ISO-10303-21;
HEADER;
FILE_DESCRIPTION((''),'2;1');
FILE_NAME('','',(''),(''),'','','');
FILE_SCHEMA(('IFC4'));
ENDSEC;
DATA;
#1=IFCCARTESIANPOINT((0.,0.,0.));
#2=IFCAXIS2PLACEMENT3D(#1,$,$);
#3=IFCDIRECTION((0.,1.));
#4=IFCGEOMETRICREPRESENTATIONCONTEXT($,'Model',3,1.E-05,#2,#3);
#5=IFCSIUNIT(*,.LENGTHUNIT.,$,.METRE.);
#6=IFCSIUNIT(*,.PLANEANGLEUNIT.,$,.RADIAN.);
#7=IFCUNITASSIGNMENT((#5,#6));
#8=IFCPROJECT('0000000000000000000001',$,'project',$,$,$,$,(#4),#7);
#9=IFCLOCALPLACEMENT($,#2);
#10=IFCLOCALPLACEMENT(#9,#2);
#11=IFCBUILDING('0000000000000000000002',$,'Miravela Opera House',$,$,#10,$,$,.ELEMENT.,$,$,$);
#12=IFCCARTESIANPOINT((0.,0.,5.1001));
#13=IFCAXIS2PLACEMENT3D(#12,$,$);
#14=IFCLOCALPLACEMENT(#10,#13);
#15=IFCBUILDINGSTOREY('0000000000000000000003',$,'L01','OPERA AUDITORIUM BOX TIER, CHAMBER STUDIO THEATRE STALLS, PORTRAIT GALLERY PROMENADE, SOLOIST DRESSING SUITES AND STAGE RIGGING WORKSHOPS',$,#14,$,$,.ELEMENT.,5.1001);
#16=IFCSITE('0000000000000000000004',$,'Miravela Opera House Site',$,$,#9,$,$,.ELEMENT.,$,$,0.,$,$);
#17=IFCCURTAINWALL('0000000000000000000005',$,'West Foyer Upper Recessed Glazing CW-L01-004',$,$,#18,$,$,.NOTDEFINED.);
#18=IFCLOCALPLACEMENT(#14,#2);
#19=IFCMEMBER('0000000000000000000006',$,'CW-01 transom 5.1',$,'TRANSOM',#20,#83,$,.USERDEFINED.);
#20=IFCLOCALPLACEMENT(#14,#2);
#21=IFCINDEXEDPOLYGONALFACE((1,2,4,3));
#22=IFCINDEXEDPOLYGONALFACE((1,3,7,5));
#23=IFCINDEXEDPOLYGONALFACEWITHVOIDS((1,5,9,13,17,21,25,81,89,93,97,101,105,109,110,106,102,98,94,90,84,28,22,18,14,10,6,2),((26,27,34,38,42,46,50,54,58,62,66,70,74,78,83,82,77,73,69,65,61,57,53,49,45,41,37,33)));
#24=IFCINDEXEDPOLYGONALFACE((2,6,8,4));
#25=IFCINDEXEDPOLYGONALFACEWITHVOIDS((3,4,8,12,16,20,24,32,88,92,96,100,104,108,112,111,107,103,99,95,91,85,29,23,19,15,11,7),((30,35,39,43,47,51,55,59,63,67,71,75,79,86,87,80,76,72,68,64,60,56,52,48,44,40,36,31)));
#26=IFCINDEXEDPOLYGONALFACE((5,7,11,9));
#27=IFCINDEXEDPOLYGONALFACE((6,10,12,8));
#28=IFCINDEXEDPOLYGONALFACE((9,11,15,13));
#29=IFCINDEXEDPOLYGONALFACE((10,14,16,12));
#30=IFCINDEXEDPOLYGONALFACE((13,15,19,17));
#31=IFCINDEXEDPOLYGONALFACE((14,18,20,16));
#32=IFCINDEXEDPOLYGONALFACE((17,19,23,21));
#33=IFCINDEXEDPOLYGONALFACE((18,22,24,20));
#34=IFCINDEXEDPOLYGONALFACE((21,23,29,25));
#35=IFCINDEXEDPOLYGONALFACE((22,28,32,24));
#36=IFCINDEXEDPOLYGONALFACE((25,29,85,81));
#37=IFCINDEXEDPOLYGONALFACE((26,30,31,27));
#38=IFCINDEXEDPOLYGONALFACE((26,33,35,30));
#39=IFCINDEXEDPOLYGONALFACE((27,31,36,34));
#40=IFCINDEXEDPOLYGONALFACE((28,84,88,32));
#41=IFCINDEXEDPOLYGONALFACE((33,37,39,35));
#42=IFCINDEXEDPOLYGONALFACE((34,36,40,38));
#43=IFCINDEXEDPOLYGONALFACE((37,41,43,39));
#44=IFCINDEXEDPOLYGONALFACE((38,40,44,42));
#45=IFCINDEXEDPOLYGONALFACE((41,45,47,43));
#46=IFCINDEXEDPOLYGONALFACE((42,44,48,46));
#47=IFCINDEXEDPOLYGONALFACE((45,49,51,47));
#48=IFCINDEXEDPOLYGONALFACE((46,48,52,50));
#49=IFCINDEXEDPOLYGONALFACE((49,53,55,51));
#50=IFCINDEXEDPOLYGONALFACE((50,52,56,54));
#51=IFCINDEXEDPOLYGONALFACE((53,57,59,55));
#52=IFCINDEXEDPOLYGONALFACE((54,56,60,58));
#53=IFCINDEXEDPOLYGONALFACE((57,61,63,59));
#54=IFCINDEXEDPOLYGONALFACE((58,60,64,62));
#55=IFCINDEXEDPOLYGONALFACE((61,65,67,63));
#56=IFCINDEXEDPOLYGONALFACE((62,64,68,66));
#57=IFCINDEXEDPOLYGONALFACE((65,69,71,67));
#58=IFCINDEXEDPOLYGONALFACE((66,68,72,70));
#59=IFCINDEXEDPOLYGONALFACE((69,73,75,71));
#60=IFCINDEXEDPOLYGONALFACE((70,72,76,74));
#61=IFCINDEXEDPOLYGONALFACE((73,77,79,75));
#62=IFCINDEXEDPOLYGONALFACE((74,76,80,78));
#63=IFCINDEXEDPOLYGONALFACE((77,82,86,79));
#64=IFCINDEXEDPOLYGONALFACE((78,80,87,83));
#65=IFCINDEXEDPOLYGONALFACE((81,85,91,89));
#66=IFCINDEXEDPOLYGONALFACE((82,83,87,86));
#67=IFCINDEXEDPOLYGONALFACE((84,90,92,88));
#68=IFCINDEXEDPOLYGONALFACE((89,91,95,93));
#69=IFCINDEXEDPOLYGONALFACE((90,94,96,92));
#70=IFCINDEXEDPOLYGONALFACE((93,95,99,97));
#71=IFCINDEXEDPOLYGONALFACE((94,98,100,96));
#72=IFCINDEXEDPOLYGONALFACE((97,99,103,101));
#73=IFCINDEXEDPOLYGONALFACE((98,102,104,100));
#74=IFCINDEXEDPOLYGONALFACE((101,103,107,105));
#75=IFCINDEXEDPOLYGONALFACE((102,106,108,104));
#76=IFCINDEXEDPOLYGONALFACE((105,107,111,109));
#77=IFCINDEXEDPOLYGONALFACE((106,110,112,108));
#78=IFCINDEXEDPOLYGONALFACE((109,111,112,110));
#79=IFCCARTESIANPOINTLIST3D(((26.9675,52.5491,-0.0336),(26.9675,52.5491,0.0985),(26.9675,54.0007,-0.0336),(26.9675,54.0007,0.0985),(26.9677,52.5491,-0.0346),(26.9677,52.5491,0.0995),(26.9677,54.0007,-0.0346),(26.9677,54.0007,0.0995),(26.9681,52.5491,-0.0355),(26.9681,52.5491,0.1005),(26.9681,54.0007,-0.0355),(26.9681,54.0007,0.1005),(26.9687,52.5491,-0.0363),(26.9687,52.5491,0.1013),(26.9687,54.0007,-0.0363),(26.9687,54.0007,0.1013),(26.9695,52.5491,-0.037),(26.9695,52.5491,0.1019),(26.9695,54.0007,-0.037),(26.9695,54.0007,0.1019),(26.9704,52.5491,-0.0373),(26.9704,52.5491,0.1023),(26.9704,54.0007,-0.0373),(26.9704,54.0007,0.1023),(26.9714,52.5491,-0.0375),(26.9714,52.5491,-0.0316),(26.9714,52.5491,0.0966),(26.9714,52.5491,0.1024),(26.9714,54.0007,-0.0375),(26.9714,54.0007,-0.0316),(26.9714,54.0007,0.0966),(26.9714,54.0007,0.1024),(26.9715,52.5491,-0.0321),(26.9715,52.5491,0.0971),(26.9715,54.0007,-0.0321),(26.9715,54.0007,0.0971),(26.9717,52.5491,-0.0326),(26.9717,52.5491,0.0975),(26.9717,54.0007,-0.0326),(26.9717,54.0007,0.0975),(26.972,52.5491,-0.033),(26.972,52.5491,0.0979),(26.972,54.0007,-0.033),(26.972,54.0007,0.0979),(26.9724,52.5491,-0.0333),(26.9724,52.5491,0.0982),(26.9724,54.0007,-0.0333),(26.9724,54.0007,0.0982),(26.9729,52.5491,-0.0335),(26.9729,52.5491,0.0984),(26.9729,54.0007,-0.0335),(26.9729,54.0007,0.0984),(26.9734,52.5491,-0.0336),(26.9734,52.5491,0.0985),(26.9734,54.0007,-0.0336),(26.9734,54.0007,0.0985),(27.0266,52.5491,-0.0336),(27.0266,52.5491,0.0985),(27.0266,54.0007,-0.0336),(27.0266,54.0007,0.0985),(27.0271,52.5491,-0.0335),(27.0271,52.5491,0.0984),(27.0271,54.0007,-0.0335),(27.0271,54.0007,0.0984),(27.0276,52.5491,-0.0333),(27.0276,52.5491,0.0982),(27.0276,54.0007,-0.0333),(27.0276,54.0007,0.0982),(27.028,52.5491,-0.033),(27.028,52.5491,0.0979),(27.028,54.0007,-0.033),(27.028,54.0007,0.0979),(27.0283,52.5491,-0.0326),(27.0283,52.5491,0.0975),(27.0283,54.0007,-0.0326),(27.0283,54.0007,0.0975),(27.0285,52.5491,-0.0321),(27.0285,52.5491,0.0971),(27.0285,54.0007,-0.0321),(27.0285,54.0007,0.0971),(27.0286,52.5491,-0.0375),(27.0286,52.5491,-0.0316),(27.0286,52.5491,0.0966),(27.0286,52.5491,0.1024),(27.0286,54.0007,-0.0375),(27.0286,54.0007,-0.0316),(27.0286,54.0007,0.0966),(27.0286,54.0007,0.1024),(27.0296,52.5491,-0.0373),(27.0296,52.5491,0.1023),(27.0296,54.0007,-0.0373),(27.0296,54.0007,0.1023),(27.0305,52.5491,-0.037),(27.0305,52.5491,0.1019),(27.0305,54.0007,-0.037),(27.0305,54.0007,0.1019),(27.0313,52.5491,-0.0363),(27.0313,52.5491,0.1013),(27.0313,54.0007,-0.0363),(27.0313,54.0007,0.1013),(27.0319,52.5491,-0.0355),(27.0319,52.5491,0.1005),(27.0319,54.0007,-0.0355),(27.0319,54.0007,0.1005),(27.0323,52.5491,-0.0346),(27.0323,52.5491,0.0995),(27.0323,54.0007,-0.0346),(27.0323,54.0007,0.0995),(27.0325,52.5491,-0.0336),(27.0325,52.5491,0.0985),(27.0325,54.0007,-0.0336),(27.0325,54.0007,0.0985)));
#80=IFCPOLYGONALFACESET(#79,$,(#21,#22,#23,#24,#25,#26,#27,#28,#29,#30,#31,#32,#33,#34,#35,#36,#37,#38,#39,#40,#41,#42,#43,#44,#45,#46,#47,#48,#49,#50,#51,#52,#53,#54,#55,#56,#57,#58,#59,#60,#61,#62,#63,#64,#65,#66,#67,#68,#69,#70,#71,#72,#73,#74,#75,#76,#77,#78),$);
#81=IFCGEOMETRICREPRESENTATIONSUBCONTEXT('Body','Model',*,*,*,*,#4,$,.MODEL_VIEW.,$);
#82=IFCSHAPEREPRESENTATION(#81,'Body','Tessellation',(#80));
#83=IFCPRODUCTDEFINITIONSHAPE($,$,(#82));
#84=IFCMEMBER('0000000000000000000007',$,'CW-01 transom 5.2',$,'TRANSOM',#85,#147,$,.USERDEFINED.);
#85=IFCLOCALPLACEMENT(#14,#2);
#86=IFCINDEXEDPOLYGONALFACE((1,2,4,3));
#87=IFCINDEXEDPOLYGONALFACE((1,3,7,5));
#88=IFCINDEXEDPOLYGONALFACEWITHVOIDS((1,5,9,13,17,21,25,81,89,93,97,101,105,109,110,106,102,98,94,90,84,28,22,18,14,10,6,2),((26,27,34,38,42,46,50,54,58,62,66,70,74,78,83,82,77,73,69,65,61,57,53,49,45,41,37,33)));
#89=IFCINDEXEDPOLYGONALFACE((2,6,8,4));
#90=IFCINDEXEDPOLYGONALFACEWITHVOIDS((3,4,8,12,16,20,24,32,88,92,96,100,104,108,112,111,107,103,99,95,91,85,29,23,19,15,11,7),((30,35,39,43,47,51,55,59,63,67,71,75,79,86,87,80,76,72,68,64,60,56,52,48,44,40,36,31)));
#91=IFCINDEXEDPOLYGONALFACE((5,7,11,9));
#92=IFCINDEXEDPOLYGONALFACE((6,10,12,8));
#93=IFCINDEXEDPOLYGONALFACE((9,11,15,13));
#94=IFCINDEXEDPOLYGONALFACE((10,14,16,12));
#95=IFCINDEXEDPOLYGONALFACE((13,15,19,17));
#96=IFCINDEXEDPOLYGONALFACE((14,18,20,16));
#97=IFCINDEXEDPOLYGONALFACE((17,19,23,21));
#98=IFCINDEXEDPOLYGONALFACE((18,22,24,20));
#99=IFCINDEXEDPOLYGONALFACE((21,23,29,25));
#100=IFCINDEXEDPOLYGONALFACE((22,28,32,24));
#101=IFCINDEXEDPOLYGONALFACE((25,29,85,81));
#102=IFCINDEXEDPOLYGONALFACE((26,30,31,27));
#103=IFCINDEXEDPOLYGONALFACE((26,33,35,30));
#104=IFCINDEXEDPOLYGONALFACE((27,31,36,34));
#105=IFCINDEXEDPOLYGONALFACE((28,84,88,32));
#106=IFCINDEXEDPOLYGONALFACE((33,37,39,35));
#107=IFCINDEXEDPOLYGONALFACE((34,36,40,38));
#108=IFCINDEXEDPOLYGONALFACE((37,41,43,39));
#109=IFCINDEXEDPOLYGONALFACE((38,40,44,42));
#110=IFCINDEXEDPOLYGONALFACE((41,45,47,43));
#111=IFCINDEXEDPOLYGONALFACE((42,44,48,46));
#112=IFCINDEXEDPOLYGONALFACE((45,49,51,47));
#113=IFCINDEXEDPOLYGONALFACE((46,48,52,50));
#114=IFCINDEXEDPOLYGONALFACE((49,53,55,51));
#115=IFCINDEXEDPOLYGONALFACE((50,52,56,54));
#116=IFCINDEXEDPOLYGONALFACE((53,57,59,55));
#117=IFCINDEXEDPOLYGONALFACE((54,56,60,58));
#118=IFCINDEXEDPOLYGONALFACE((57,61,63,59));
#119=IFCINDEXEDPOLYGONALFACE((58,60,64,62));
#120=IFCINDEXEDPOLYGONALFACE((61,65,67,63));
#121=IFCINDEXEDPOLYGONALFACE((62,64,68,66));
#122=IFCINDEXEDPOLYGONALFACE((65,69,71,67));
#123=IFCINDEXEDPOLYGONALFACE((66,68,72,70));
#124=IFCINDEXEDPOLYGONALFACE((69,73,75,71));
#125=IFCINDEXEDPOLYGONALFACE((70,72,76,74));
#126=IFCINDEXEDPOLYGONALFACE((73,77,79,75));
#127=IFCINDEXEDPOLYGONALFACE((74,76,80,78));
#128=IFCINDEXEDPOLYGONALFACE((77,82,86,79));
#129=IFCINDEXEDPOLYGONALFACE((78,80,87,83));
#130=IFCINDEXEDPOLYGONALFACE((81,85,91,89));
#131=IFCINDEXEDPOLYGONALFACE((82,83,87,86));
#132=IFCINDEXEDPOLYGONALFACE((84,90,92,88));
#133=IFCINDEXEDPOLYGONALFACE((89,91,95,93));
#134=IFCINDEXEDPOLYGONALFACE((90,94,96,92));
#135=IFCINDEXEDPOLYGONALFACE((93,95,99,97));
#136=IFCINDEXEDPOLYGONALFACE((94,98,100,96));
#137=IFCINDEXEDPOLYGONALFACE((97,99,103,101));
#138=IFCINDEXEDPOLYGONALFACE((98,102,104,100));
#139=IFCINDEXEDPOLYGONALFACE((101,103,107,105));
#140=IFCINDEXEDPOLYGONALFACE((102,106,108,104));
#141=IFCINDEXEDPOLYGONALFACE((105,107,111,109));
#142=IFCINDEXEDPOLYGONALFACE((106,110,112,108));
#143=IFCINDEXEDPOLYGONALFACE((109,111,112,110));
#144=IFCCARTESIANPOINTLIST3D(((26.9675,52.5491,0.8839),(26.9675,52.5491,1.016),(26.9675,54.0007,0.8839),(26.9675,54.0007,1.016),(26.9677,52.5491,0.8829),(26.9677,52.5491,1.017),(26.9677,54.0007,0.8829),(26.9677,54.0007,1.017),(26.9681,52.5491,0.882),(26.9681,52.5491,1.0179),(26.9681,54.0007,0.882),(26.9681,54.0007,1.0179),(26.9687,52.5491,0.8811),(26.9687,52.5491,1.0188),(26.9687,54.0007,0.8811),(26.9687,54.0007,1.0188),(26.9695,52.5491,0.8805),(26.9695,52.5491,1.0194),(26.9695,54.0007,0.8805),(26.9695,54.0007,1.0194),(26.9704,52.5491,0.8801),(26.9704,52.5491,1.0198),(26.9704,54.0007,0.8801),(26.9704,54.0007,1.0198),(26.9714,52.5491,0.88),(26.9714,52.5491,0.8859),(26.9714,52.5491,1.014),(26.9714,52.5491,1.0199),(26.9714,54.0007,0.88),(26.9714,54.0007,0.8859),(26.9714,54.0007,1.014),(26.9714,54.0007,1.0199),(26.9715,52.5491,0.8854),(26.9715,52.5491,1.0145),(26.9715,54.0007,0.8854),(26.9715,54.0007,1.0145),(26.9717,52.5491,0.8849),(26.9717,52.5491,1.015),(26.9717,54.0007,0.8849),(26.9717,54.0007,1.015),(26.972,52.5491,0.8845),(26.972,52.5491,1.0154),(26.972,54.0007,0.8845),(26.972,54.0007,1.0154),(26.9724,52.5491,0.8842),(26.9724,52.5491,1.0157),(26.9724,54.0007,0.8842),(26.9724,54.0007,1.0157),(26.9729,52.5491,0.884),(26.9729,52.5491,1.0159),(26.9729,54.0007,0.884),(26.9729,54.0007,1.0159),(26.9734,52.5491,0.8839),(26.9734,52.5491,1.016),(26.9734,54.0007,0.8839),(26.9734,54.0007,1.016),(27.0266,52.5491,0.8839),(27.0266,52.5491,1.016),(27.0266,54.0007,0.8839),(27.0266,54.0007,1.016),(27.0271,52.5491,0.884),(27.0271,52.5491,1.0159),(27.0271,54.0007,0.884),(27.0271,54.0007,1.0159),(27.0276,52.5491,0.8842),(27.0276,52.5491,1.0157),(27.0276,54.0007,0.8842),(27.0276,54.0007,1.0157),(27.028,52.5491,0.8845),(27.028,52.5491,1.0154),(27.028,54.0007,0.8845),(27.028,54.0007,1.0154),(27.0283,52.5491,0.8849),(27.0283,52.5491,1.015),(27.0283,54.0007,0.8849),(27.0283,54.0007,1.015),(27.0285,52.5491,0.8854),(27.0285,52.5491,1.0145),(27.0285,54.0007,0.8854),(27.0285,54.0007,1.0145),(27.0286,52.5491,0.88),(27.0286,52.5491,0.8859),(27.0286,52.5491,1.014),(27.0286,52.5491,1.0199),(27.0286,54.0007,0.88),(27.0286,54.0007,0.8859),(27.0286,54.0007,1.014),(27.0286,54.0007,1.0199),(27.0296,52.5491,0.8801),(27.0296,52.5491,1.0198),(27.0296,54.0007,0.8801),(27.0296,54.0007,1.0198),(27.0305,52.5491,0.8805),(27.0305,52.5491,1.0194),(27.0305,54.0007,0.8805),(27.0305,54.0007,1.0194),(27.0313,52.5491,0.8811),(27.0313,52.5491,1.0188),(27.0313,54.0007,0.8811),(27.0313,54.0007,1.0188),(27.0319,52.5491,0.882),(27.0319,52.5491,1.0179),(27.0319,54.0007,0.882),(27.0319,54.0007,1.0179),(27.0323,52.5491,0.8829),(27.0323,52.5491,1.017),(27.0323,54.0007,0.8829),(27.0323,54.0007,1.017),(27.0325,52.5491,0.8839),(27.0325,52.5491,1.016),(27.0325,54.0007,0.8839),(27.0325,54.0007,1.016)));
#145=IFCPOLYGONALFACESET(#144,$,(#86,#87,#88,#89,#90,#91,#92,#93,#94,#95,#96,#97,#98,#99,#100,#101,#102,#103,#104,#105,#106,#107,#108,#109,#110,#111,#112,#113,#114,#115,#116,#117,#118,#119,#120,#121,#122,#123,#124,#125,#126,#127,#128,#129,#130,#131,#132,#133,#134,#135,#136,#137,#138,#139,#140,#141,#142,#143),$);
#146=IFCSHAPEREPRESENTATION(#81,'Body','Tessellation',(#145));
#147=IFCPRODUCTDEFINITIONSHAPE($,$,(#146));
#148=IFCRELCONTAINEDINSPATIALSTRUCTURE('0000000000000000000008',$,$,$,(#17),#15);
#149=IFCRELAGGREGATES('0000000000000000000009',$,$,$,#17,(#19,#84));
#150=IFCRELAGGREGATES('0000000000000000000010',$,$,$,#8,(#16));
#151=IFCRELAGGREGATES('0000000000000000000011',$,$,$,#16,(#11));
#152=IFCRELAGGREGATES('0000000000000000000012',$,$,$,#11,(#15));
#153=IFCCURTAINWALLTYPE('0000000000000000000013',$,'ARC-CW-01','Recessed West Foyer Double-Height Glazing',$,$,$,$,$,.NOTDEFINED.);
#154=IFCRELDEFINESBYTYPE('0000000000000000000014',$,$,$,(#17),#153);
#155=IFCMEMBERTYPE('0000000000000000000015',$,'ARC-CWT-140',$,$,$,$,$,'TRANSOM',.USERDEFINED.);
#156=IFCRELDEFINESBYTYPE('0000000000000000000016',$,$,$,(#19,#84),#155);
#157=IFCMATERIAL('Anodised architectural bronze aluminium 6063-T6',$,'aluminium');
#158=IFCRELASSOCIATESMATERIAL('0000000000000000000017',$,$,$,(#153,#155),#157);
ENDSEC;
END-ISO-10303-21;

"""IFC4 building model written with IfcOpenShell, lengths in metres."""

from ifc_helpers import new_model, si_unit, direction, frame, origin, origin_2d, place, context, subcontext, project, spatial, hollow_rectangle, extrude, material, material_profile, profile_set, type_object, element, aggregate, save


model = new_model("IFC4")

# Units and contexts
model_context = context("Model", 3, precision=1e-05, world=origin(), true_north=direction((0.0, 1.0)))
body_context = subcontext(model_context, "Body", "Model", "MODEL_VIEW")
ifc_project = project(units=[si_unit("LENGTHUNIT", "METRE"), si_unit("PLANEANGLEUNIT", "RADIAN")], contexts=[model_context])

# Site, building, storey
site_placement = place(None, origin())
site = spatial("IfcSite", under=ifc_project, at=site_placement, Name="Miravela Opera House Site", CompositionType="ELEMENT", RefElevation=0.0)
building_placement = place(site_placement, origin())
building = spatial("IfcBuilding", under=site, at=building_placement, Name="Miravela Opera House", CompositionType="ELEMENT")
storey_placement = place(building_placement, frame((0.0, 0.0, 5.1001)))
storey = spatial("IfcBuildingStorey", under=building, at=storey_placement, Name="L01", Description="OPERA AUDITORIUM BOX TIER, CHAMBER STUDIO THEATRE STALLS, PORTRAIT GALLERY PROMENADE, SOLOIST DRESSING SUITES AND STAGE RIGGING WORKSHOPS", CompositionType="ELEMENT", Elevation=5.1001)

# Curtain wall
ifc_material_1 = material(Name="Anodised architectural bronze aluminium 6063-T6", Category="aluminium")
curtain_wall_type = type_object("IfcCurtainWallType", Name="ARC-CW-01", Description="Recessed West Foyer Double-Height Glazing", PredefinedType="NOTDEFINED", material=ifc_material_1)
curtain_wall_1_placement = place(storey_placement, origin())
curtain_wall_1 = element("IfcCurtainWall", 1, at=curtain_wall_1_placement, inside=storey, type_object=curtain_wall_type, Name="West Foyer Upper Recessed Glazing CW-L01-004", PredefinedType="NOTDEFINED")

# Members
ifc_material_profile_1 = material_profile(ifc_material_1, hollow_rectangle(XDim=0.0649, YDim=0.1399, WallThickness=0.0039, InnerFilletRadius=0.002, OuterFilletRadius=0.0039, at=origin_2d()), Name="CWT-65X140")
ifc_profile_set_1 = profile_set([ifc_material_profile_1])
member_type_1 = type_object("IfcMemberType", Name="ARC-CWT-140", ElementType="TRANSOM", PredefinedType="USERDEFINED", material=ifc_profile_set_1)
member_1_placement = place(storey_placement, frame((27.0, 52.5491, 0.0325), z_axis=(0.0, 1.0, 0.0), x_axis=(-1.0, 0.0, 0.0)))
member_1 = element("IfcMember", 2, at=member_1_placement, type_object=member_type_1, Name="CW-01 transom 5.1", ObjectType="TRANSOM", PredefinedType="USERDEFINED", context=body_context, shape_type="SweptSolid", body=[
    extrude(hollow_rectangle(XDim=0.0649, YDim=0.1399, WallThickness=0.0039, InnerFilletRadius=0.002, OuterFilletRadius=0.0039, at=origin_2d()), origin(), (0.0, 0.0, 1.0), 1.4517),
])
member_2_placement = place(storey_placement, frame((27.0, 52.5491, 0.95), z_axis=(0.0, 1.0, 0.0), x_axis=(-1.0, 0.0, 0.0)))
member_2 = element("IfcMember", 3, at=member_2_placement, type_object=member_type_1, Name="CW-01 transom 5.2", ObjectType="TRANSOM", PredefinedType="USERDEFINED", context=body_context, shape_type="SweptSolid", body=[
    extrude(hollow_rectangle(XDim=0.0649, YDim=0.1399, WallThickness=0.0039, InnerFilletRadius=0.002, OuterFilletRadius=0.0039, at=origin_2d()), origin(), (0.0, 0.0, 1.0), 1.4517),
])

aggregate(curtain_wall_1, [member_1, member_2])

save(model, "model.ifc")
